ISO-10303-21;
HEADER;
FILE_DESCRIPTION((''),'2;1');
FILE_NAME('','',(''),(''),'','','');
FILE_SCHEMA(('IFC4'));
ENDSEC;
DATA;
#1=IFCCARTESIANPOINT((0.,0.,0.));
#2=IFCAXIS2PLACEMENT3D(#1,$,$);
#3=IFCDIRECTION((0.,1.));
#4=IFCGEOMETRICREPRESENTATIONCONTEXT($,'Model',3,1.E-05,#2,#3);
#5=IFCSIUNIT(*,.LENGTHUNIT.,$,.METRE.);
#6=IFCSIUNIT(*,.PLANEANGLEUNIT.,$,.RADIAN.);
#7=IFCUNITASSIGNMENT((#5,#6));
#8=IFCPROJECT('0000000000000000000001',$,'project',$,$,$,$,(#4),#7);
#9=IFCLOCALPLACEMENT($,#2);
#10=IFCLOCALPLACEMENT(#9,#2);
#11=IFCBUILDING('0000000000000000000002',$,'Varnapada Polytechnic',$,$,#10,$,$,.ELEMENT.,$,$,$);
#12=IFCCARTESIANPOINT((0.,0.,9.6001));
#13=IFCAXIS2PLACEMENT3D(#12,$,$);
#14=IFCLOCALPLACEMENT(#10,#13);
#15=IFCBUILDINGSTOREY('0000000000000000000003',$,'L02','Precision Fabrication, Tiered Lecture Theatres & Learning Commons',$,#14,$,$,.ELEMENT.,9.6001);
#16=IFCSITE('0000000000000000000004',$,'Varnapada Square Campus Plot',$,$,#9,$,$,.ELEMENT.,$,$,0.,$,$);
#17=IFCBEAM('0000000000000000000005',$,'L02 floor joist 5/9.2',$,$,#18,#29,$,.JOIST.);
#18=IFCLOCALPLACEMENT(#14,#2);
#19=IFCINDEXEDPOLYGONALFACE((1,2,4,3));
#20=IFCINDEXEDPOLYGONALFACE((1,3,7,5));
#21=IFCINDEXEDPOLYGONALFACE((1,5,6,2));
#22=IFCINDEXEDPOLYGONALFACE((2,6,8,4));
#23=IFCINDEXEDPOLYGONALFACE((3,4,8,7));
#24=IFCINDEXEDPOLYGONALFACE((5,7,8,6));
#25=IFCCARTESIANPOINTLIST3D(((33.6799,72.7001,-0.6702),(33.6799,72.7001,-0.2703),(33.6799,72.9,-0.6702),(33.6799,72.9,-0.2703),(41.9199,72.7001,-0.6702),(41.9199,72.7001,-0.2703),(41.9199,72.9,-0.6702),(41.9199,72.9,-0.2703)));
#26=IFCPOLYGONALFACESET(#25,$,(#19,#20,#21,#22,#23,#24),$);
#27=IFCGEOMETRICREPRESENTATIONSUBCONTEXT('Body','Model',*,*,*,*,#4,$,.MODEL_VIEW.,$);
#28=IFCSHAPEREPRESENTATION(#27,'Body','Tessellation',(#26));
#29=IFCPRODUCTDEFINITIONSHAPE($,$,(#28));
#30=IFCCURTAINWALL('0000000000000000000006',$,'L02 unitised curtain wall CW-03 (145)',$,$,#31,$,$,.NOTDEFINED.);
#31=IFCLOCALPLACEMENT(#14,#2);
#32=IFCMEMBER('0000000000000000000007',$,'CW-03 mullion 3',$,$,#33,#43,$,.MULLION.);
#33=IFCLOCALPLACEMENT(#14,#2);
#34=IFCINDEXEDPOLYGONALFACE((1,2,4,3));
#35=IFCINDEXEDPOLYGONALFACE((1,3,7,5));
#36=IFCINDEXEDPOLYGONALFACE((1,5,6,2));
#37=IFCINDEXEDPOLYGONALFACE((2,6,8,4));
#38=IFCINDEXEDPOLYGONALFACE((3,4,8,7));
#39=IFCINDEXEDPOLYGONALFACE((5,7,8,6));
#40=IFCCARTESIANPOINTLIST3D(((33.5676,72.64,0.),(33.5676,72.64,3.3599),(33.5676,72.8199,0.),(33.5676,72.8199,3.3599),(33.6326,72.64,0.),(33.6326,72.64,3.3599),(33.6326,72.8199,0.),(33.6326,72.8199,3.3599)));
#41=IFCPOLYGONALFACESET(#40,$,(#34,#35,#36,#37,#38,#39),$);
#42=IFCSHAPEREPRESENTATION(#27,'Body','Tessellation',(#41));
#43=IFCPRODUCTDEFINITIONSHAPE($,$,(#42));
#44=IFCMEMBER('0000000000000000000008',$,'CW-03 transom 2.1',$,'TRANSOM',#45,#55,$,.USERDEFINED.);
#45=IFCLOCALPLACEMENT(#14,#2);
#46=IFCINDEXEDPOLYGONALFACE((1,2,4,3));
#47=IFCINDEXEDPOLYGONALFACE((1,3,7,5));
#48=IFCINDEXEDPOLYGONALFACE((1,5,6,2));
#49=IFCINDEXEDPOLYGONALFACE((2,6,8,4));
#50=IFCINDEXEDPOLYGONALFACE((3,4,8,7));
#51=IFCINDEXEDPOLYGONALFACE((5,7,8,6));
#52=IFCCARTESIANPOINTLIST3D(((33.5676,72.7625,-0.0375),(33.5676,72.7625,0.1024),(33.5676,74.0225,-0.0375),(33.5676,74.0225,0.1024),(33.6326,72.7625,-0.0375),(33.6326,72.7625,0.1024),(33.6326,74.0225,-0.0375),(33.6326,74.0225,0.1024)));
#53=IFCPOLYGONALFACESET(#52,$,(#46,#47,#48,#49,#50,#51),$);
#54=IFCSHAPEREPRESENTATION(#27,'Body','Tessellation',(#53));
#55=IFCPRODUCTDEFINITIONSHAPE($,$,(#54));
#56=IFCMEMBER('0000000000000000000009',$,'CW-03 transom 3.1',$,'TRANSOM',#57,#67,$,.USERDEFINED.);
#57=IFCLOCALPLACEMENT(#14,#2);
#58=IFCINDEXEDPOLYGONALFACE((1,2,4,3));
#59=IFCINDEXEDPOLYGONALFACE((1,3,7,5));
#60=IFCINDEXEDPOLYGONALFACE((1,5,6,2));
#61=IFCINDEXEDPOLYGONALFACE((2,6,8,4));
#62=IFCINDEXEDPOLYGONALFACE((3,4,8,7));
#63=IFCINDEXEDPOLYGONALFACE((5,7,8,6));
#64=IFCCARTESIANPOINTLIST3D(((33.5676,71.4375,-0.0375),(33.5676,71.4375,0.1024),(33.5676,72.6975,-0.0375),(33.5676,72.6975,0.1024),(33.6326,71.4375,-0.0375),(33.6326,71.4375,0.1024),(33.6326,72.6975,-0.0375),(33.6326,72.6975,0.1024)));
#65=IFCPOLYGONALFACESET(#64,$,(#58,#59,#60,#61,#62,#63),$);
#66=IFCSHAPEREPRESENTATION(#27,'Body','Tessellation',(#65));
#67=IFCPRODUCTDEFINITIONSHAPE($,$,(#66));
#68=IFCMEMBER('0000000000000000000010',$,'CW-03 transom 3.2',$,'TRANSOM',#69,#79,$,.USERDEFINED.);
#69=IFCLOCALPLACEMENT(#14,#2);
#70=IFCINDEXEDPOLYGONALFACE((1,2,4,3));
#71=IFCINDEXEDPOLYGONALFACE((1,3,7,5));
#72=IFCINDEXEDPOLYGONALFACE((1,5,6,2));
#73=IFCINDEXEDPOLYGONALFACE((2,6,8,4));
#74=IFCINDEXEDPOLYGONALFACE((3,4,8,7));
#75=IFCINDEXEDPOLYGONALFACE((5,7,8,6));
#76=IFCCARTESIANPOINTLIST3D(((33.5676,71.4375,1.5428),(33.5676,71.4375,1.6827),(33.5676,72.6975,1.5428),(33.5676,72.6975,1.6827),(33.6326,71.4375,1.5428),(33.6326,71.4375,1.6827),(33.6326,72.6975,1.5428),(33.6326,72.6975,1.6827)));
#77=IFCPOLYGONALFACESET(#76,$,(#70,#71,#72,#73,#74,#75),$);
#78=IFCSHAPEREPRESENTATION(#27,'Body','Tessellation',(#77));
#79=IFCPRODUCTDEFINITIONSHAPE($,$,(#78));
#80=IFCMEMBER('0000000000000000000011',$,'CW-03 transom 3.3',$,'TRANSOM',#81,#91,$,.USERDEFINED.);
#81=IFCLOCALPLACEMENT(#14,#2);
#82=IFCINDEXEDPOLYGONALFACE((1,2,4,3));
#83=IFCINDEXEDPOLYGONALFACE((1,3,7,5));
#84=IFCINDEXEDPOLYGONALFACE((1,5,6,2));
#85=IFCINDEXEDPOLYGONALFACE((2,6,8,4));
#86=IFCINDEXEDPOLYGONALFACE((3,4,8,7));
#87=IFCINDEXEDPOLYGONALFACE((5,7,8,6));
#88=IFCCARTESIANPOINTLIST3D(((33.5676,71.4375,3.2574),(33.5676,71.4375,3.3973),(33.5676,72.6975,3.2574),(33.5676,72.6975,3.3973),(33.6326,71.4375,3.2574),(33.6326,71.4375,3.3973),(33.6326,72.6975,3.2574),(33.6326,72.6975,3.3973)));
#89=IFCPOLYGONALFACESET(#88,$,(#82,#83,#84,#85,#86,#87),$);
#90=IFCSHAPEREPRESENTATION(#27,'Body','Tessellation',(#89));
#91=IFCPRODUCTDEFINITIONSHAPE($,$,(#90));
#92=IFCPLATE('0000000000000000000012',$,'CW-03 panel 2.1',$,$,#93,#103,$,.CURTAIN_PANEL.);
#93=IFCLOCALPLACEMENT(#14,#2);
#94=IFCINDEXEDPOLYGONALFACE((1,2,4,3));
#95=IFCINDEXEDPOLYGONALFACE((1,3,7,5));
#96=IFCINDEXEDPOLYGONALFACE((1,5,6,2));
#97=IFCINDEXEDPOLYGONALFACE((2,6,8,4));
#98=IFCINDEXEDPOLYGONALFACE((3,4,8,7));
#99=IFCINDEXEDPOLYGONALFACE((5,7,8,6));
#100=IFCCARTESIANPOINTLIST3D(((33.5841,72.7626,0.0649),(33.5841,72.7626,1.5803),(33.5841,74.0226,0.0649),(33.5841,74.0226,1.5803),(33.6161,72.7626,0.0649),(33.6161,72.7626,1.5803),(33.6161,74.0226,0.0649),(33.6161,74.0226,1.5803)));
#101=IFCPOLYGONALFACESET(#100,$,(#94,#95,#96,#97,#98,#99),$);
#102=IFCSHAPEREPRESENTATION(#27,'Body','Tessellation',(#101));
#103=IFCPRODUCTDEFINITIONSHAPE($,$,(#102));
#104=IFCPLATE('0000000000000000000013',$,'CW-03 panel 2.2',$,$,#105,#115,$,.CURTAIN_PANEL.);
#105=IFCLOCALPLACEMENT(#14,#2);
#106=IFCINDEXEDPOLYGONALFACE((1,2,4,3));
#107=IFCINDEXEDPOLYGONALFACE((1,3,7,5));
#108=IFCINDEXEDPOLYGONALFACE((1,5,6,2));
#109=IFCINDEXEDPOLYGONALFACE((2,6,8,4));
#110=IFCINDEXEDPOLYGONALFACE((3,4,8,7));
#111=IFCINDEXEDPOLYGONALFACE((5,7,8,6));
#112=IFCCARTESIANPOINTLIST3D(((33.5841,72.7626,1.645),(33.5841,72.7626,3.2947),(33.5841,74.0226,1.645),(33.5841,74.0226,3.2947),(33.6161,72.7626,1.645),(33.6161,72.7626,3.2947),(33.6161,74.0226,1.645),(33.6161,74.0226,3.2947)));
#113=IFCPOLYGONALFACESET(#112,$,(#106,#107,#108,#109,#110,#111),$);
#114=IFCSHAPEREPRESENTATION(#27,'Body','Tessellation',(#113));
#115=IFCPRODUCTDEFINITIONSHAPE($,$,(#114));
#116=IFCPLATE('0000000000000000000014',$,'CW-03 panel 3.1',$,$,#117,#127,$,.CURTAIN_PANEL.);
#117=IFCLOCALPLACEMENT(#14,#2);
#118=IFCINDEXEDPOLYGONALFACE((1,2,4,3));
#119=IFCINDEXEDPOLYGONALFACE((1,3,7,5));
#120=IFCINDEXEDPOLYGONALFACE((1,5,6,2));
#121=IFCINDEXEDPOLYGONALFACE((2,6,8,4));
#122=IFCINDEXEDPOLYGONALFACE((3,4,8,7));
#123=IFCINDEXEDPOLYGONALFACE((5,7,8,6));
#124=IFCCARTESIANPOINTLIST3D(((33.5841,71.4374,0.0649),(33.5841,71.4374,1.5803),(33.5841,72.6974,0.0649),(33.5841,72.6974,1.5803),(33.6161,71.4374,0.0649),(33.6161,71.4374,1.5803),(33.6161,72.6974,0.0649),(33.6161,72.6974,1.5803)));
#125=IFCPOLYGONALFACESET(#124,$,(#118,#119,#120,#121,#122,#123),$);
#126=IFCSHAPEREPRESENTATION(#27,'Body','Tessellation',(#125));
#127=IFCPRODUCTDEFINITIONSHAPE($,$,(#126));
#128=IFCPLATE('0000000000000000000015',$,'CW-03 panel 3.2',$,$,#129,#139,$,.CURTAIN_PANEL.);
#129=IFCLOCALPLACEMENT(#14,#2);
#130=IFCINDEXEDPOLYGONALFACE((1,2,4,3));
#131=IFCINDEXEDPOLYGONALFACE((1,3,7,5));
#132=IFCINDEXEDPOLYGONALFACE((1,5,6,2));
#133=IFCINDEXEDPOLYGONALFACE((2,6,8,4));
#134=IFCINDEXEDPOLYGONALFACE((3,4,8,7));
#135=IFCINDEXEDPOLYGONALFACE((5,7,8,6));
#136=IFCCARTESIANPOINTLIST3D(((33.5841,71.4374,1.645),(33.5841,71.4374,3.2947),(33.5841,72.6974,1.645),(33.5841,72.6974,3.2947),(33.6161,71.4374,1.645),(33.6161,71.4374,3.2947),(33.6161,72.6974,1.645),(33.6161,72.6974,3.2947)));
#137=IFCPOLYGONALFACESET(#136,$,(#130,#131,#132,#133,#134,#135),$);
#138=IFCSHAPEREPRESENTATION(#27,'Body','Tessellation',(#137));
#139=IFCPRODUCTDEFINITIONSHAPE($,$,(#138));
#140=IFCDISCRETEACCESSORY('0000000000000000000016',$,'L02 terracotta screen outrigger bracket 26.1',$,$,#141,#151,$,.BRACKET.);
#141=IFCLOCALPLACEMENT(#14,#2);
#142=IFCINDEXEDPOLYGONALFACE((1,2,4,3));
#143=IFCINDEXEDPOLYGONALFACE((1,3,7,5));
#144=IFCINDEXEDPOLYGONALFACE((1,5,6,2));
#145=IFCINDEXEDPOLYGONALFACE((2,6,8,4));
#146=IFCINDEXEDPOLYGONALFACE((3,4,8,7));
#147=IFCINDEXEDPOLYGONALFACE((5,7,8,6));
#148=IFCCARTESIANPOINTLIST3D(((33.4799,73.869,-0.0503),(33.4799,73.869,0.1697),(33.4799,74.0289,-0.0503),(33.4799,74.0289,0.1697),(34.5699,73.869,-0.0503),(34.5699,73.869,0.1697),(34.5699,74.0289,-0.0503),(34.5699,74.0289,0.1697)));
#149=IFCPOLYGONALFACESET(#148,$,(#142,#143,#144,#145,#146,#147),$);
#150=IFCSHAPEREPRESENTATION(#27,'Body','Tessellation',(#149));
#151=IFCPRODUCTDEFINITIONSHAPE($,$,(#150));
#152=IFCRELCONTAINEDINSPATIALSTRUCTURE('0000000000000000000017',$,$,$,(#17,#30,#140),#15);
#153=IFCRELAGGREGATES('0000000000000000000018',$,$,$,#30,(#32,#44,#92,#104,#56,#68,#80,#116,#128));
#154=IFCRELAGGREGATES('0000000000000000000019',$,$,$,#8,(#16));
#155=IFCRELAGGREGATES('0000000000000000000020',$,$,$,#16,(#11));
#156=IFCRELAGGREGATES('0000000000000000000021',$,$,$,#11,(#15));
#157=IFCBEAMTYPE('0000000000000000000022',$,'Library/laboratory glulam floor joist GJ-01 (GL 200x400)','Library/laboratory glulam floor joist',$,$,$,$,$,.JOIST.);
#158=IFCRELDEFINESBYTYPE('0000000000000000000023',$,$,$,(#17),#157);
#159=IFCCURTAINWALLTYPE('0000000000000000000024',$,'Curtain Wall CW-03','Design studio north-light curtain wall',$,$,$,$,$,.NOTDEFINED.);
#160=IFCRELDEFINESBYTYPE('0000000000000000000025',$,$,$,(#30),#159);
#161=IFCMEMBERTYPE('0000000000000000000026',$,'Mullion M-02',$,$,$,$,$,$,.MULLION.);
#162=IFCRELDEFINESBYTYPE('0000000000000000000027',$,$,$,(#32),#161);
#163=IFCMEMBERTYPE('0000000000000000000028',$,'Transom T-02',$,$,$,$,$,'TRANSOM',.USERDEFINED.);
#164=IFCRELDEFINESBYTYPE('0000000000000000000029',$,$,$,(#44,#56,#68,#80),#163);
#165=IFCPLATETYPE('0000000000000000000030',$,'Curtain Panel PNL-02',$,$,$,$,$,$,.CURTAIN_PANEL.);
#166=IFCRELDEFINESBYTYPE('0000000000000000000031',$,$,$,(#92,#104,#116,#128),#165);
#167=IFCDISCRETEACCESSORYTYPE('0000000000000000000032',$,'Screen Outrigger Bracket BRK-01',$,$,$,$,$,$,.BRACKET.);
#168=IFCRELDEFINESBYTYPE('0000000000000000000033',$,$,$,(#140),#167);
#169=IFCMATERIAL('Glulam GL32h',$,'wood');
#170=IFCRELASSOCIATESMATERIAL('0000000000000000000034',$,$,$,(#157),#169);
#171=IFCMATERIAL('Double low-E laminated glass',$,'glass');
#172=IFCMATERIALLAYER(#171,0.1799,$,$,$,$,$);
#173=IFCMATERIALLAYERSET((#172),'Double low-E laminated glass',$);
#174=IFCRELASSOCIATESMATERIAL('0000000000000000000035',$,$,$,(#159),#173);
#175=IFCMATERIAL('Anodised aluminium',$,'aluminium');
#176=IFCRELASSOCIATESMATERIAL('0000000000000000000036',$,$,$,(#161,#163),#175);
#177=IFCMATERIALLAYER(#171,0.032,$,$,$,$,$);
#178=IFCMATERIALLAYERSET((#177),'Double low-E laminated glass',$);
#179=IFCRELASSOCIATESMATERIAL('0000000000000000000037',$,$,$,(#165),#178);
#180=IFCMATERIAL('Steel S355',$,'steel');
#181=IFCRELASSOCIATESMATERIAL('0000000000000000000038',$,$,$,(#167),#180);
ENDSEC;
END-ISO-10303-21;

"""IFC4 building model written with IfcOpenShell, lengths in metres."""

from ifc_helpers import new_model, si_unit, direction, frame, origin, origin_2d, place, context, subcontext, project, spatial, rectangle, extrude, material, layer, layer_set, material_profile, profile_set, type_object, element, aggregate, save


model = new_model("IFC4")

# Units and contexts
model_context = context("Model", 3, precision=1e-05, world=origin(), true_north=direction((0.0, 1.0)))
body_context = subcontext(model_context, "Body", "Model", "MODEL_VIEW")
ifc_project = project(units=[si_unit("LENGTHUNIT", "METRE"), si_unit("PLANEANGLEUNIT", "RADIAN")], contexts=[model_context])

# Site, building, storey
site_placement = place(None, origin())
site = spatial("IfcSite", under=ifc_project, at=site_placement, Name="Varnapada Square Campus Plot", CompositionType="ELEMENT", RefElevation=0.0)
building_placement = place(site_placement, origin())
building = spatial("IfcBuilding", under=site, at=building_placement, Name="Varnapada Polytechnic", CompositionType="ELEMENT")
storey_placement = place(building_placement, frame((0.0, 0.0, 9.6001)))
storey = spatial("IfcBuildingStorey", under=building, at=storey_placement, Name="L02", Description="Precision Fabrication, Tiered Lecture Theatres & Learning Commons", CompositionType="ELEMENT", Elevation=9.6001)

# Beam
ifc_material_1 = material(Name="Glulam GL32h", Category="wood")
ifc_material_profile_1 = material_profile(ifc_material_1, rectangle(XDim=0.2, YDim=0.3999, at=origin_2d()), Name="GL 200x400")
ifc_profile_set_1 = profile_set([ifc_material_profile_1], Name="Glulam GL32h")
beam_type = type_object("IfcBeamType", Name="Library/laboratory glulam floor joist GJ-01 (GL 200x400)", Description="Library/laboratory glulam floor joist", PredefinedType="JOIST", material=ifc_profile_set_1)
beam_placement = place(storey_placement, frame((33.6799, 72.8, -0.4702), z_axis=(1.0, 0.0, 0.0), x_axis=(0.0, 1.0, 0.0)))
element("IfcBeam", 1, at=beam_placement, inside=storey, type_object=beam_type, Name="L02 floor joist 5/9.2", PredefinedType="JOIST", context=body_context, shape_type="SweptSolid", body=[
    extrude(rectangle(XDim=0.2, YDim=0.3999, at=origin_2d()), origin(), (0.0, 0.0, 1.0), 8.24),
])

# Curtain wall, members, plates
ifc_material_2 = material(Name="Double low-E laminated glass", Category="glass")
ifc_layer_1 = layer(ifc_material_2, 0.1799)
ifc_layer_set_1 = layer_set([ifc_layer_1], Name="Double low-E laminated glass")
curtain_wall_type = type_object("IfcCurtainWallType", Name="Curtain Wall CW-03", Description="Design studio north-light curtain wall", PredefinedType="NOTDEFINED", material=ifc_layer_set_1)
curtain_wall_placement = place(storey_placement, origin())
curtain_wall = element("IfcCurtainWall", 2, at=curtain_wall_placement, inside=storey, type_object=curtain_wall_type, Name="L02 unitised curtain wall CW-03 (145)", PredefinedType="NOTDEFINED")
ifc_material_3 = material(Name="Anodised aluminium", Category="aluminium")
ifc_material_profile_2 = material_profile(ifc_material_3, rectangle(XDim=0.0649, YDim=0.1799, at=origin_2d()), Name="ALU M65x180")
ifc_profile_set_2 = profile_set([ifc_material_profile_2], Name="Anodised aluminium")
member_type_1 = type_object("IfcMemberType", Name="Mullion M-02", PredefinedType="MULLION", material=ifc_profile_set_2)
member_1_placement = place(storey_placement, frame((33.6001, 72.73, 0.0), z_axis=(0.0, 0.0, 1.0), x_axis=(1.0, 0.0, 0.0)))
member_1 = element("IfcMember", 3, at=member_1_placement, type_object=member_type_1, Name="CW-03 mullion 3", PredefinedType="MULLION", context=body_context, shape_type="SweptSolid", body=[
    extrude(rectangle(XDim=0.0649, YDim=0.1799, at=origin_2d()), origin(), (0.0, 0.0, 1.0), 3.3599),
])
ifc_material_profile_3 = material_profile(ifc_material_3, rectangle(XDim=0.0649, YDim=0.1399, at=origin_2d()), Name="ALU T65x140")
ifc_profile_set_3 = profile_set([ifc_material_profile_3], Name="Anodised aluminium")
member_type_2 = type_object("IfcMemberType", Name="Transom T-02", ElementType="TRANSOM", PredefinedType="USERDEFINED", material=ifc_profile_set_3)
member_2_placement = place(storey_placement, frame((33.6001, 74.0225, 0.0325), z_axis=(0.0, -1.0, 0.0), x_axis=(1.0, 0.0, 0.0)))
member_2 = element("IfcMember", 4, at=member_2_placement, type_object=member_type_2, Name="CW-03 transom 2.1", ObjectType="TRANSOM", PredefinedType="USERDEFINED", context=body_context, shape_type="SweptSolid", body=[
    extrude(rectangle(XDim=0.0649, YDim=0.1399, at=origin_2d()), origin(), (0.0, 0.0, 1.0), 1.26),
])
member_3_placement = place(storey_placement, frame((33.6001, 72.6975, 0.0325), z_axis=(0.0, -1.0, 0.0), x_axis=(1.0, 0.0, 0.0)))
member_3 = element("IfcMember", 5, at=member_3_placement, type_object=member_type_2, Name="CW-03 transom 3.1", ObjectType="TRANSOM", PredefinedType="USERDEFINED", context=body_context, shape_type="SweptSolid", body=[
    extrude(rectangle(XDim=0.0649, YDim=0.1399, at=origin_2d()), origin(), (0.0, 0.0, 1.0), 1.26),
])
member_4_placement = place(storey_placement, frame((33.6001, 72.6975, 1.6128), z_axis=(0.0, -1.0, 0.0), x_axis=(1.0, 0.0, 0.0)))
member_4 = element("IfcMember", 6, at=member_4_placement, type_object=member_type_2, Name="CW-03 transom 3.2", ObjectType="TRANSOM", PredefinedType="USERDEFINED", context=body_context, shape_type="SweptSolid", body=[
    extrude(rectangle(XDim=0.0649, YDim=0.1399, at=origin_2d()), origin(), (0.0, 0.0, 1.0), 1.26),
])
member_5_placement = place(storey_placement, frame((33.6001, 72.6975, 3.3274), z_axis=(0.0, -1.0, 0.0), x_axis=(1.0, 0.0, 0.0)))
member_5 = element("IfcMember", 7, at=member_5_placement, type_object=member_type_2, Name="CW-03 transom 3.3", ObjectType="TRANSOM", PredefinedType="USERDEFINED", context=body_context, shape_type="SweptSolid", body=[
    extrude(rectangle(XDim=0.0649, YDim=0.1399, at=origin_2d()), origin(), (0.0, 0.0, 1.0), 1.26),
])
ifc_layer_2 = layer(ifc_material_2, 0.032)
ifc_layer_set_2 = layer_set([ifc_layer_2], Name="Double low-E laminated glass")
plate_type = type_object("IfcPlateType", Name="Curtain Panel PNL-02", PredefinedType="CURTAIN_PANEL", material=ifc_layer_set_2)
plate_1_placement = place(storey_placement, frame((33.6001, 73.3926, 0.0649), z_axis=(0.0, 0.0, 1.0), x_axis=(0.0, -1.0, 0.0)))
plate_1 = element("IfcPlate", 8, at=plate_1_placement, type_object=plate_type, Name="CW-03 panel 2.1", PredefinedType="CURTAIN_PANEL", context=body_context, shape_type="SweptSolid", body=[
    extrude(rectangle(XDim=1.26, YDim=0.032, at=origin_2d()), origin(), (0.0, 0.0, 1.0), 1.5154),
])
plate_2_placement = place(storey_placement, frame((33.6001, 73.3926, 1.645), z_axis=(0.0, 0.0, 1.0), x_axis=(0.0, -1.0, 0.0)))
plate_2 = element("IfcPlate", 9, at=plate_2_placement, type_object=plate_type, Name="CW-03 panel 2.2", PredefinedType="CURTAIN_PANEL", context=body_context, shape_type="SweptSolid", body=[
    extrude(rectangle(XDim=1.26, YDim=0.032, at=origin_2d()), origin(), (0.0, 0.0, 1.0), 1.6497),
])
plate_3_placement = place(storey_placement, frame((33.6001, 72.0674, 0.0649), z_axis=(0.0, 0.0, 1.0), x_axis=(0.0, -1.0, 0.0)))
plate_3 = element("IfcPlate", 10, at=plate_3_placement, type_object=plate_type, Name="CW-03 panel 3.1", PredefinedType="CURTAIN_PANEL", context=body_context, shape_type="SweptSolid", body=[
    extrude(rectangle(XDim=1.26, YDim=0.032, at=origin_2d()), origin(), (0.0, 0.0, 1.0), 1.5154),
])
plate_4_placement = place(storey_placement, frame((33.6001, 72.0674, 1.645), z_axis=(0.0, 0.0, 1.0), x_axis=(0.0, -1.0, 0.0)))
plate_4 = element("IfcPlate", 11, at=plate_4_placement, type_object=plate_type, Name="CW-03 panel 3.2", PredefinedType="CURTAIN_PANEL", context=body_context, shape_type="SweptSolid", body=[
    extrude(rectangle(XDim=1.26, YDim=0.032, at=origin_2d()), origin(), (0.0, 0.0, 1.0), 1.6497),
])
aggregate(curtain_wall, [member_1, member_2, plate_1, plate_2, member_3, member_4, member_5, plate_3, plate_4])

# Discrete accessory
ifc_material_4 = material(Name="Steel S355", Category="steel")
discrete_accessory_type = type_object("IfcDiscreteAccessoryType", Name="Screen Outrigger Bracket BRK-01", PredefinedType="BRACKET", material=ifc_material_4)
discrete_accessory_placement = place(storey_placement, frame((34.0249, 73.949, -0.0503), z_axis=(0.0, 0.0, 1.0), x_axis=(0.0, -1.0, 0.0)))
element("IfcDiscreteAccessory", 12, at=discrete_accessory_placement, inside=storey, type_object=discrete_accessory_type, Name="L02 terracotta screen outrigger bracket 26.1", PredefinedType="BRACKET", context=body_context, shape_type="SweptSolid", body=[
    extrude(rectangle(XDim=0.1599, YDim=1.0901, at=origin_2d()), origin(), (0.0, 0.0, 1.0), 0.22),
])

save(model, "model.ifc")
